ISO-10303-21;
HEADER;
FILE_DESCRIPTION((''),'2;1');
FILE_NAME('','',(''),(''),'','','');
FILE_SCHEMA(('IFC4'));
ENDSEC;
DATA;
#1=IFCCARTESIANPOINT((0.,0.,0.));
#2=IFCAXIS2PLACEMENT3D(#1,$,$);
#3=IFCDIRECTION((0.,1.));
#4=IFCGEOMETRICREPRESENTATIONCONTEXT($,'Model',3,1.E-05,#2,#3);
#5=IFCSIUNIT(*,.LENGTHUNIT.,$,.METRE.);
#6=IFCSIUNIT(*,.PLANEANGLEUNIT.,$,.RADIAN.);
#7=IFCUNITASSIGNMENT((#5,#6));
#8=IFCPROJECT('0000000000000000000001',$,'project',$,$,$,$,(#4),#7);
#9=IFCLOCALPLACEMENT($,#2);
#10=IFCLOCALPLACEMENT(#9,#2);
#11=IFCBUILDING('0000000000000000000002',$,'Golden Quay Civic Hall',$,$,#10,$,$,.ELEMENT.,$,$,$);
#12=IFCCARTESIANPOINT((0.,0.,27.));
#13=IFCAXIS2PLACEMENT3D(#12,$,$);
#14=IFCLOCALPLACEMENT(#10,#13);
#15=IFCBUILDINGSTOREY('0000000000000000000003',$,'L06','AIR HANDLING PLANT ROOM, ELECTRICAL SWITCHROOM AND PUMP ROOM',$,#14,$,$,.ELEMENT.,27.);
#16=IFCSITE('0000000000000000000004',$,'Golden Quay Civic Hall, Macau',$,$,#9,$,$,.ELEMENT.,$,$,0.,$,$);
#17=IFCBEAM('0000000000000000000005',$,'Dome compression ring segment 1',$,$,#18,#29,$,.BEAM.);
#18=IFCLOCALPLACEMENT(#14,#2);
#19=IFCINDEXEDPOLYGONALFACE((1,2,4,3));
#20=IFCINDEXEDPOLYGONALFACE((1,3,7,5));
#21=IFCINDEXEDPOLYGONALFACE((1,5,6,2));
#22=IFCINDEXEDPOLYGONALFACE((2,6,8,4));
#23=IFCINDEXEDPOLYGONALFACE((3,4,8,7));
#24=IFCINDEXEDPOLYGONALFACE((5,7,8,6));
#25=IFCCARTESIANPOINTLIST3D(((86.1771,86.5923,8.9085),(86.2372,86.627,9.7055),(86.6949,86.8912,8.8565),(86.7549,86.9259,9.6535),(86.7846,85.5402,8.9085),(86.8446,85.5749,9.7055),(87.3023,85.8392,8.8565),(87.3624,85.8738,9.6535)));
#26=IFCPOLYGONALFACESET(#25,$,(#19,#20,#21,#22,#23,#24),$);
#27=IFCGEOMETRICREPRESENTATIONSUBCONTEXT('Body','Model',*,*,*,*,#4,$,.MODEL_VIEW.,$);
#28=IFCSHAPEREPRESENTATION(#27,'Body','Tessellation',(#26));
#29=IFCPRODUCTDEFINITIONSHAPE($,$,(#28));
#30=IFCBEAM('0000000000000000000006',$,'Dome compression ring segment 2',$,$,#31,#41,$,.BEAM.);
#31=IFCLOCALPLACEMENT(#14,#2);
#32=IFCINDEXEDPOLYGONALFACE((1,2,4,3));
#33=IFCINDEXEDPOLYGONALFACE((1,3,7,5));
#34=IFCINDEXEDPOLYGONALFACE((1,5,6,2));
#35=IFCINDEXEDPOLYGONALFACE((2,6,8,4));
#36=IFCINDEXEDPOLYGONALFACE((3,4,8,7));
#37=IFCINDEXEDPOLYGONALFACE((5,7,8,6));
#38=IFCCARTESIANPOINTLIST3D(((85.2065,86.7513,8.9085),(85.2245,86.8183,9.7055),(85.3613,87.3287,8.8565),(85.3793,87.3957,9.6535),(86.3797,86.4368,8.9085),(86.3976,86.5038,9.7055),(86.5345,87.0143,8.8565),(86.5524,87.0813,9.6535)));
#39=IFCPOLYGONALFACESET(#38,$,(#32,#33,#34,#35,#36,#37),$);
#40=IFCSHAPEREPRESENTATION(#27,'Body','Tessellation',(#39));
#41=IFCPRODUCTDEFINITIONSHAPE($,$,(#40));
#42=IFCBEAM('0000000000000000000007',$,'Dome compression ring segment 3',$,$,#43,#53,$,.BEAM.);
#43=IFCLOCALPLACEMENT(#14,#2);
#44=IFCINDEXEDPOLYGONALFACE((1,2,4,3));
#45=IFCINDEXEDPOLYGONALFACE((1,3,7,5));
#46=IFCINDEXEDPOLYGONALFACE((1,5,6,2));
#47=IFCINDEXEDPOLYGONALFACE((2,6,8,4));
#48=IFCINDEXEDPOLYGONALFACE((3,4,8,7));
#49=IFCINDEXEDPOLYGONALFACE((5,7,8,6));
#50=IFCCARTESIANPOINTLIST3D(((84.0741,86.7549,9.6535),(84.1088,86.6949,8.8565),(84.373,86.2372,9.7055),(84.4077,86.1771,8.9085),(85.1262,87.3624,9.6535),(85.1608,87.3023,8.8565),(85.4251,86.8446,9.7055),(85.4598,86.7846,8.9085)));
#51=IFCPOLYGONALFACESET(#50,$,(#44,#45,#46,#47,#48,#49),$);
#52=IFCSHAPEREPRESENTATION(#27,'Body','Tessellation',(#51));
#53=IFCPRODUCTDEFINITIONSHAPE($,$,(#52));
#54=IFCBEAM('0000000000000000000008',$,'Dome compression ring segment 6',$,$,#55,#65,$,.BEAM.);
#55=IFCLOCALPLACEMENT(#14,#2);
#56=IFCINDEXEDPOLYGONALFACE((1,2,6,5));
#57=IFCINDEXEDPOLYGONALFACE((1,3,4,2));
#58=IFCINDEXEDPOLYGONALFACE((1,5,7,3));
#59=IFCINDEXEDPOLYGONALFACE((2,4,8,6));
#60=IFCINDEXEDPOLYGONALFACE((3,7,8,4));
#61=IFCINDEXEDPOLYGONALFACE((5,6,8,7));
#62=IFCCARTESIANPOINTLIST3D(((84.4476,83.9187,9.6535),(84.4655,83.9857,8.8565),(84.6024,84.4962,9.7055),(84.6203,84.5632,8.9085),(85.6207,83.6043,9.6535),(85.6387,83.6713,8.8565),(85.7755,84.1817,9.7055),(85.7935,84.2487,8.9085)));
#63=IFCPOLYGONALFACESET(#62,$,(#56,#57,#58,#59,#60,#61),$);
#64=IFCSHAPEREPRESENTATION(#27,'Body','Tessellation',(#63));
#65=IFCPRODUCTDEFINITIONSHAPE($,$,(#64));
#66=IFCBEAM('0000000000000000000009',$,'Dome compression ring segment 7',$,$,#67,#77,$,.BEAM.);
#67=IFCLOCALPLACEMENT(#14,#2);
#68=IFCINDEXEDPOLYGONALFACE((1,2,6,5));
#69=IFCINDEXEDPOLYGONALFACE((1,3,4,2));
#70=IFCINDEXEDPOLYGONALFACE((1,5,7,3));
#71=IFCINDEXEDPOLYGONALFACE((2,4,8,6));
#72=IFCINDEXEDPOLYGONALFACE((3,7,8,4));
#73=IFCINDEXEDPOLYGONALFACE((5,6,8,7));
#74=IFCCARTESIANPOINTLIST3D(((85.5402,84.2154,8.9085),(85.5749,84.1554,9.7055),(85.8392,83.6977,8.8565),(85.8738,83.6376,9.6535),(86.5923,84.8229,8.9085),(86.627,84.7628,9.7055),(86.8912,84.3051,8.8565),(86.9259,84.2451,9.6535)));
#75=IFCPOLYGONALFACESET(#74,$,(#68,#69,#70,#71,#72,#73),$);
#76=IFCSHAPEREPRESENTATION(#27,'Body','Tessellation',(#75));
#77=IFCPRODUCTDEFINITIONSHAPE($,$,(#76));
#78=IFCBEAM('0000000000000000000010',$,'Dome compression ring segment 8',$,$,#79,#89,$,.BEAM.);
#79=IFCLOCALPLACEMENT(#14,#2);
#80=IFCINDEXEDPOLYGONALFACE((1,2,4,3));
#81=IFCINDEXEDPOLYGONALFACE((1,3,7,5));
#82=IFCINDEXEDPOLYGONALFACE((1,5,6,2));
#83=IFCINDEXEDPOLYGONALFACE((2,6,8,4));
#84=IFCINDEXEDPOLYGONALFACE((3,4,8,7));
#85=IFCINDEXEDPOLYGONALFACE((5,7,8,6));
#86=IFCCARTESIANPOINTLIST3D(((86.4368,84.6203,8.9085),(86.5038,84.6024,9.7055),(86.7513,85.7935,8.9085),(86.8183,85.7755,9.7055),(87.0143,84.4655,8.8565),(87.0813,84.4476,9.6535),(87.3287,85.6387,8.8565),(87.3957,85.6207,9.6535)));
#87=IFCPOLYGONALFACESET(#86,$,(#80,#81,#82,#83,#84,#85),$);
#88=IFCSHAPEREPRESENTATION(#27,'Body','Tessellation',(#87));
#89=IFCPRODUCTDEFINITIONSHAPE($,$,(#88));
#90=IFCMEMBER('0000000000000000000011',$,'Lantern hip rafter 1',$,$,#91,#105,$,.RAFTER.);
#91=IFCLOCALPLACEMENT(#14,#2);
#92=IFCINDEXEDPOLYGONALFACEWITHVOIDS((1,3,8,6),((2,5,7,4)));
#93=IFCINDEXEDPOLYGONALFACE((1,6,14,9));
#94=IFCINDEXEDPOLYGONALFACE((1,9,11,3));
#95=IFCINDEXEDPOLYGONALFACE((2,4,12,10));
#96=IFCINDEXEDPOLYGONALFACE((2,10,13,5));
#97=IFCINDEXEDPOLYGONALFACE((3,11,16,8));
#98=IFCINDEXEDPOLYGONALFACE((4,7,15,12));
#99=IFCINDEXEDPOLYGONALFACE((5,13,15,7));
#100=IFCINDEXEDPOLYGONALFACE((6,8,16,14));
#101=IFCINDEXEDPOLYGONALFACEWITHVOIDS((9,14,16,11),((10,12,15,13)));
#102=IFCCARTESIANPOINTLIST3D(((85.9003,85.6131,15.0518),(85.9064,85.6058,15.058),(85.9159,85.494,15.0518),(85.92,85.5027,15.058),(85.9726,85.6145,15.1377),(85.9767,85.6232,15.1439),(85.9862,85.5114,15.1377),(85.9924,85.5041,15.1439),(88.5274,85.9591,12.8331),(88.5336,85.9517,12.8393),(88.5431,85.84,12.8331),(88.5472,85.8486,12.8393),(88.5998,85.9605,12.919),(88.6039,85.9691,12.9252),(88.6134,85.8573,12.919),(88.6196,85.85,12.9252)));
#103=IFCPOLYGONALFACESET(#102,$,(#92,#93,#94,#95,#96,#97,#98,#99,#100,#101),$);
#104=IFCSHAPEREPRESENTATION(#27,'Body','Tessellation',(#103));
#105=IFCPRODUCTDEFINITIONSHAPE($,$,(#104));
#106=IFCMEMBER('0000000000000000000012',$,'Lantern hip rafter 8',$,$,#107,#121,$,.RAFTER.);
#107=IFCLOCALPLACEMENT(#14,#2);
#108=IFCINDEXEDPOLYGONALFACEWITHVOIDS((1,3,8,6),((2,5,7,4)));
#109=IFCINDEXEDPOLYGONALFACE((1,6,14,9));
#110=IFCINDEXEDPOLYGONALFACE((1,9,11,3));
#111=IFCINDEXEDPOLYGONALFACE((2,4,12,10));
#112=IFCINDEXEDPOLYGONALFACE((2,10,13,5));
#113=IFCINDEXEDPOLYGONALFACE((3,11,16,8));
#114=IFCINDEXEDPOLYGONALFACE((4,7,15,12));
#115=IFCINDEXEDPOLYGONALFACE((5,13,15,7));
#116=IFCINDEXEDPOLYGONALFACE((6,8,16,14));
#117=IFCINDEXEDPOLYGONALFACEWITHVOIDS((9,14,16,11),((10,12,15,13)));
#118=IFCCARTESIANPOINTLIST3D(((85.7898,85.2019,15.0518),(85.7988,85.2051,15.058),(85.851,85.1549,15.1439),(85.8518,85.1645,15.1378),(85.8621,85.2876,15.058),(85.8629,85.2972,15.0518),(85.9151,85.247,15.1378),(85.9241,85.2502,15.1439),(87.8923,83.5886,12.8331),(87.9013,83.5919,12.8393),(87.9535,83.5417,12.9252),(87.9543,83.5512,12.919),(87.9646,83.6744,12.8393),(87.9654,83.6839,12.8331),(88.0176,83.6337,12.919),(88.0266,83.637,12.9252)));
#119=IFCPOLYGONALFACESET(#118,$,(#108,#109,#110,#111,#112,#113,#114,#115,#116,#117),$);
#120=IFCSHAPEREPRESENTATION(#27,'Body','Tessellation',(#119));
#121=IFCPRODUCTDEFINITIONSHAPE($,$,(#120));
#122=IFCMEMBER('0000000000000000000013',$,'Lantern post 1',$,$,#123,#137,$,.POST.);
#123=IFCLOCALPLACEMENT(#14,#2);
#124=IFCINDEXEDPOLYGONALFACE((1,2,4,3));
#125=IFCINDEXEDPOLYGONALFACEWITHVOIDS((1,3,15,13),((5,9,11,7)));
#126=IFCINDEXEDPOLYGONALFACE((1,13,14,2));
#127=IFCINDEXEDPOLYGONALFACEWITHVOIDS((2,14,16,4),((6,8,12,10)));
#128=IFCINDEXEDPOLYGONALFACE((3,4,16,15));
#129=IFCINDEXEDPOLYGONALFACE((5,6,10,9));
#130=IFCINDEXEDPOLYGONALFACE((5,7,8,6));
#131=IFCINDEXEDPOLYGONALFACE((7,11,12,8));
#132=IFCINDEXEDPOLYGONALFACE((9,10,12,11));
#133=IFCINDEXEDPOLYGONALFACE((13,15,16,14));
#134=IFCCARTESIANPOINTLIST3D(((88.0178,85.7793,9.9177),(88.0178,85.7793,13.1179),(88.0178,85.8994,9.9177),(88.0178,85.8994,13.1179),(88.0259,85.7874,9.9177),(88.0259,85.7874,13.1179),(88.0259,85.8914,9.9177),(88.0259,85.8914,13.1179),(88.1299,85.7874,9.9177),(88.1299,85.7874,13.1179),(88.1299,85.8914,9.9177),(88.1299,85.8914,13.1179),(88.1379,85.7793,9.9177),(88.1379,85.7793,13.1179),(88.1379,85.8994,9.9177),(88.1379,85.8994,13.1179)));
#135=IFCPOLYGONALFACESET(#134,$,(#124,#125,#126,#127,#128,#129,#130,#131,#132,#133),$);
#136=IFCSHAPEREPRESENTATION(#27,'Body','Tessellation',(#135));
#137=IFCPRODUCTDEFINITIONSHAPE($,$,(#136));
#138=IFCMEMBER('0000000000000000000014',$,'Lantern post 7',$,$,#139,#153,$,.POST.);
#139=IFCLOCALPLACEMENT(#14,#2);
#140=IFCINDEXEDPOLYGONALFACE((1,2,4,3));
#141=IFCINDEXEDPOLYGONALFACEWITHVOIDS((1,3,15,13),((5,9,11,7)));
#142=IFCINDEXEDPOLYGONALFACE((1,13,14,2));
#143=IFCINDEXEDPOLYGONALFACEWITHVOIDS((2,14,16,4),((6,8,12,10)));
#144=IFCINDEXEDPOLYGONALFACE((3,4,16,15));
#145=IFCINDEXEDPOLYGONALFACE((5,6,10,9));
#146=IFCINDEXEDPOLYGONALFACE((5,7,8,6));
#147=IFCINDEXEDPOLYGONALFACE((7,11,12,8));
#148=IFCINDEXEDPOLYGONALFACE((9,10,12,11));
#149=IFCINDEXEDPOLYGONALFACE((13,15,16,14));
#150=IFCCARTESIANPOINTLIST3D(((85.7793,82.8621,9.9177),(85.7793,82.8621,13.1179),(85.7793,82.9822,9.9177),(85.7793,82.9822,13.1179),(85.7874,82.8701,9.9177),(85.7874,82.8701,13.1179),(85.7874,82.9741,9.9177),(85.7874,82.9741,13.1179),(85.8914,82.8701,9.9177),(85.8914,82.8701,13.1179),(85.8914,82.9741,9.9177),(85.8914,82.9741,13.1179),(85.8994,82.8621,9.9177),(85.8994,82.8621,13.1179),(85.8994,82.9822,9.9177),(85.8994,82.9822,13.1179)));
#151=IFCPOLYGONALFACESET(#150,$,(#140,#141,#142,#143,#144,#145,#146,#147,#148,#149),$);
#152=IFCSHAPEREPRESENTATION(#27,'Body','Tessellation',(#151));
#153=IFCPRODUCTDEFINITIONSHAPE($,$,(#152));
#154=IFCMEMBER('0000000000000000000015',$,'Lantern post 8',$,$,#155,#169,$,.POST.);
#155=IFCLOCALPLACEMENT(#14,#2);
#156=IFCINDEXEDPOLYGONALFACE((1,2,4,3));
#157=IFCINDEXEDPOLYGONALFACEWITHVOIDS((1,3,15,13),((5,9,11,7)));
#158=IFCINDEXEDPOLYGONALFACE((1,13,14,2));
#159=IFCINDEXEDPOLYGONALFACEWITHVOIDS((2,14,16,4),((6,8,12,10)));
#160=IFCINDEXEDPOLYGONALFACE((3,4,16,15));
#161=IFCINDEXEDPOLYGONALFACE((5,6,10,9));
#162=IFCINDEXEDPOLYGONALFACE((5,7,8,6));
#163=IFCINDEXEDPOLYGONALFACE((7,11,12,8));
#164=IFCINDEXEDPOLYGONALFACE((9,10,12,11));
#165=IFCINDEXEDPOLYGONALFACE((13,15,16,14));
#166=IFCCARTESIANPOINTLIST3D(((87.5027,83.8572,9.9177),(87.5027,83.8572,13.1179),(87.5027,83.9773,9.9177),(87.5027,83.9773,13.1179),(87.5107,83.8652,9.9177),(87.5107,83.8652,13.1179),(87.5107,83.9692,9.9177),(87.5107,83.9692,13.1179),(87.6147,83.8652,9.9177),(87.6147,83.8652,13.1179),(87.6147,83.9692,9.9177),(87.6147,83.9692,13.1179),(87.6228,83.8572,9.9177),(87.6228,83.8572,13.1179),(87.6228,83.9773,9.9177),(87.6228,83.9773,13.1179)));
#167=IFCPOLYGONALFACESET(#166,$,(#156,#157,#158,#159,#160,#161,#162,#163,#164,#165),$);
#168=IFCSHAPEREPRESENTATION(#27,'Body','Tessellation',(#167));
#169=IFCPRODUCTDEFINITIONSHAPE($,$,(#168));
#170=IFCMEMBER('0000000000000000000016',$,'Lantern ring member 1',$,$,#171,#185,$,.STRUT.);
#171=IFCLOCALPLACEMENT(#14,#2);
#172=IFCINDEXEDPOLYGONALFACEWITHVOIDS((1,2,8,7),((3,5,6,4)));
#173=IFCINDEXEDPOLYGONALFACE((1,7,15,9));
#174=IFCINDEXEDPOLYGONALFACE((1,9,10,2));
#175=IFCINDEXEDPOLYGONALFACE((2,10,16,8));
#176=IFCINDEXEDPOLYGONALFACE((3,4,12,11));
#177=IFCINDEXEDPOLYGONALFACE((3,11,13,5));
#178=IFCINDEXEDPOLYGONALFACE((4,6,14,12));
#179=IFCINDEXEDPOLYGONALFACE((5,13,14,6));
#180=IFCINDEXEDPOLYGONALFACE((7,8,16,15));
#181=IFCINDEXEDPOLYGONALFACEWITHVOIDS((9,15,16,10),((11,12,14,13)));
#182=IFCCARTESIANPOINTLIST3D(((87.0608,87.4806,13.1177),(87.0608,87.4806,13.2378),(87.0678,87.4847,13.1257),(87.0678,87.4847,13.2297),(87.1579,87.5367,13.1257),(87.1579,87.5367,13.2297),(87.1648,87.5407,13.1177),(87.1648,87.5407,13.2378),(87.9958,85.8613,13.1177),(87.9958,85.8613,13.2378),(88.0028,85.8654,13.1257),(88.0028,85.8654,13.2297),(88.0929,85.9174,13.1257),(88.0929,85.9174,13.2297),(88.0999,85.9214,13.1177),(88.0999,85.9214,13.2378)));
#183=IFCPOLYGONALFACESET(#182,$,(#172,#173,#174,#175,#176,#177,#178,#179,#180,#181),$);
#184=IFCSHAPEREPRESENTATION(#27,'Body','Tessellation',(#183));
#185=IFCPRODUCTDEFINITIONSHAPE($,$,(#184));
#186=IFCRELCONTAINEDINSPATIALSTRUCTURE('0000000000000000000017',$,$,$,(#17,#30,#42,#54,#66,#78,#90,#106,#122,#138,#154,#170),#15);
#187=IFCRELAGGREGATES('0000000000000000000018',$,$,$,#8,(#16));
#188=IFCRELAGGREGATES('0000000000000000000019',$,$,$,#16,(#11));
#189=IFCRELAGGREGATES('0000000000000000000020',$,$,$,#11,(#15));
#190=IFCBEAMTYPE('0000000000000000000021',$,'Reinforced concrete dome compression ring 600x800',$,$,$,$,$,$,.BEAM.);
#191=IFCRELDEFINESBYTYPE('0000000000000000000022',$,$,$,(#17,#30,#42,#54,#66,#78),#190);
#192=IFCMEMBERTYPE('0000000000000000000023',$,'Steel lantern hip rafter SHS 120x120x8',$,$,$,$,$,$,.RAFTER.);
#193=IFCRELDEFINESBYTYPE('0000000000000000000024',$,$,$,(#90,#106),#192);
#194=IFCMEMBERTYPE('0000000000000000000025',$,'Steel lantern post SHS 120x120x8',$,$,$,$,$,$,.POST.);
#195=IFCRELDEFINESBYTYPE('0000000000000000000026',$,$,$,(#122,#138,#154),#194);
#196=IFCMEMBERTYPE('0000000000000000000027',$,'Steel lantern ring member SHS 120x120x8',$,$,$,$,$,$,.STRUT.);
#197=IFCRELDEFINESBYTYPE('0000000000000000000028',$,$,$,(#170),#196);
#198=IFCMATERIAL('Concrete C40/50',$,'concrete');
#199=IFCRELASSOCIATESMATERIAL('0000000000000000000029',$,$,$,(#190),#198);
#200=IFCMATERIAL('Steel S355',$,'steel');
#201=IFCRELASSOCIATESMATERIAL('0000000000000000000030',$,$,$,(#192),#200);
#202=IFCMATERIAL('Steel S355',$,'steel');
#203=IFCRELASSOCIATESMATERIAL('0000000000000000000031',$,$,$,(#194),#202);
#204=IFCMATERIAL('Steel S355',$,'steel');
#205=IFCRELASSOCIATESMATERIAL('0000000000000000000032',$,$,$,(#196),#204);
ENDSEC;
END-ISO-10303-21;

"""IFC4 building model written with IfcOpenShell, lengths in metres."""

from ifc_helpers import new_model, si_unit, direction, frame, origin, origin_2d, place, context, subcontext, project, spatial, rectangle, hollow_rectangle, extrude, material, material_profile, profile_set, type_object, element, save


model = new_model("IFC4")

# Units and contexts
model_context = context("Model", 3, precision=1e-05, world=origin(), true_north=direction((0.0, 1.0)))
body_context = subcontext(model_context, "Body", "Model", "MODEL_VIEW")
ifc_project = project(units=[si_unit("LENGTHUNIT", "METRE"), si_unit("PLANEANGLEUNIT", "RADIAN")], contexts=[model_context])

# Site, building, storey
site_placement = place(None, origin())
site = spatial("IfcSite", under=ifc_project, at=site_placement, Name="Golden Quay Civic Hall, Macau", CompositionType="ELEMENT", RefElevation=0.0)
building_placement = place(site_placement, origin())
building = spatial("IfcBuilding", under=site, at=building_placement, Name="Golden Quay Civic Hall", CompositionType="ELEMENT")
storey_placement = place(building_placement, frame((0.0, 0.0, 27.0)))
storey = spatial("IfcBuildingStorey", under=building, at=storey_placement, Name="L06", Description="AIR HANDLING PLANT ROOM, ELECTRICAL SWITCHROOM AND PUMP ROOM", CompositionType="ELEMENT", Elevation=27.0)

# Beams
ifc_material_1 = material(Name="Concrete C40/50", Category="concrete")
ifc_material_profile_1 = material_profile(ifc_material_1, rectangle(XDim=0.6001, YDim=0.8, at=origin_2d()), Name="RC 600x800")
ifc_profile_set_1 = profile_set([ifc_material_profile_1], Name="Concrete C40/50")
beam_type = type_object("IfcBeamType", Name="Reinforced concrete dome compression ring 600x800", PredefinedType="BEAM", material=ifc_profile_set_1)
beam_1_placement = place(storey_placement, frame((87.0735, 85.707, 9.281), z_axis=(-0.50003, 0.866008, 0.0), x_axis=(-0.862748, -0.498148, 0.086686)))
element("IfcBeam", 1, at=beam_1_placement, inside=storey, type_object=beam_type, Name="Dome compression ring segment 1", PredefinedType="BEAM", context=body_context, shape_type="SweptSolid", body=[
    extrude(rectangle(XDim=0.6001, YDim=0.8, at=origin_2d()), origin(), (0.0, 0.0, 1.0), 1.2148),
])
beam_2_placement = place(storey_placement, frame((86.4661, 86.759, 9.281), z_axis=(-0.9659, 0.258914, 0.0), x_axis=(-0.257939, -0.962265, 0.086686)))
element("IfcBeam", 2, at=beam_2_placement, inside=storey, type_object=beam_type, Name="Dome compression ring segment 2", PredefinedType="BEAM", context=body_context, shape_type="SweptSolid", body=[
    extrude(rectangle(XDim=0.6001, YDim=0.8, at=origin_2d()), origin(), (0.0, 0.0, 1.0), 1.2146),
])
beam_3_placement = place(storey_placement, frame((85.293, 87.0735, 9.281), z_axis=(-0.866008, -0.50003, 0.0), x_axis=(0.498148, -0.862748, 0.086686)))
element("IfcBeam", 3, at=beam_3_placement, inside=storey, type_object=beam_type, Name="Dome compression ring segment 3", PredefinedType="BEAM", context=body_context, shape_type="SweptSolid", body=[
    extrude(rectangle(XDim=0.6001, YDim=0.8, at=origin_2d()), origin(), (0.0, 0.0, 1.0), 1.2148),
])
beam_4_placement = place(storey_placement, frame((84.5339, 84.241, 9.281), z_axis=(0.9659, -0.258914, 0.0), x_axis=(0.257939, 0.962265, 0.086686)))
element("IfcBeam", 4, at=beam_4_placement, inside=storey, type_object=beam_type, Name="Dome compression ring segment 6", PredefinedType="BEAM", context=body_context, shape_type="SweptSolid", body=[
    extrude(rectangle(XDim=0.6001, YDim=0.8, at=origin_2d()), origin(), (0.0, 0.0, 1.0), 1.2146),
])
beam_5_placement = place(storey_placement, frame((85.707, 83.9265, 9.281), z_axis=(0.866008, 0.50003, 0.0), x_axis=(-0.498148, 0.862748, 0.086686)))
element("IfcBeam", 5, at=beam_5_placement, inside=storey, type_object=beam_type, Name="Dome compression ring segment 7", PredefinedType="BEAM", context=body_context, shape_type="SweptSolid", body=[
    extrude(rectangle(XDim=0.6001, YDim=0.8, at=origin_2d()), origin(), (0.0, 0.0, 1.0), 1.2148),
])
beam_6_placement = place(storey_placement, frame((86.759, 84.5339, 9.281), z_axis=(0.258914, 0.9659, 0.0), x_axis=(-0.962265, 0.257939, 0.086686)))
element("IfcBeam", 6, at=beam_6_placement, inside=storey, type_object=beam_type, Name="Dome compression ring segment 8", PredefinedType="BEAM", context=body_context, shape_type="SweptSolid", body=[
    extrude(rectangle(XDim=0.6001, YDim=0.8, at=origin_2d()), origin(), (0.0, 0.0, 1.0), 1.2146),
])

# Members
ifc_material_2 = material(Name="Steel S355", Category="steel")
ifc_material_profile_2 = material_profile(ifc_material_2, hollow_rectangle(XDim=0.1201, YDim=0.1201, WallThickness=0.0081, at=origin_2d()), Name="SHS 120x120x8")
ifc_profile_set_2 = profile_set([ifc_material_profile_2], Name="Steel S355")
member_type_1 = type_object("IfcMemberType", Name="Steel lantern hip rafter SHS 120x120x8", PredefinedType="RAFTER", material=ifc_profile_set_2)
member_1_placement = place(storey_placement, frame((88.5735, 85.9045, 12.8792), z_axis=(-0.76016, -0.100097, 0.641979), x_axis=(0.130552, -0.991441, 0.0)))
element("IfcMember", 7, at=member_1_placement, inside=storey, type_object=member_type_1, Name="Lantern hip rafter 1", PredefinedType="RAFTER", context=body_context, shape_type="SweptSolid", body=[
    extrude(hollow_rectangle(XDim=0.1201, YDim=0.1201, WallThickness=0.0081, at=origin_2d()), origin(), (0.0, 0.0, 1.0), 3.4561),
])
member_2_placement = place(storey_placement, frame((87.9595, 83.6128, 12.8792), z_axis=(-0.608316, 0.466762, 0.641939), x_axis=(-0.608749, -0.793363, 0.0)))
element("IfcMember", 8, at=member_2_placement, inside=storey, type_object=member_type_1, Name="Lantern hip rafter 8", PredefinedType="RAFTER", context=body_context, shape_type="SweptSolid", body=[
    extrude(hollow_rectangle(XDim=0.1201, YDim=0.1201, WallThickness=0.0081, at=origin_2d()), origin(), (0.0, 0.0, 1.0), 3.4563),
])
ifc_material_3 = material(Name="Steel S355", Category="steel")
ifc_material_profile_3 = material_profile(ifc_material_3, hollow_rectangle(XDim=0.1201, YDim=0.1201, WallThickness=0.0081, at=origin_2d()), Name="SHS 120x120x8")
ifc_profile_set_3 = profile_set([ifc_material_profile_3], Name="Steel S355")
member_type_2 = type_object("IfcMemberType", Name="Steel lantern post SHS 120x120x8", PredefinedType="POST", material=ifc_profile_set_3)
for number, where, z_axis, x_axis, name in (
    (9, (88.0779, 85.8394, 9.9177), (0.0, 0.0, 1.0), (1.0, 0.0, 0.0), "Lantern post 1"),
    (10, (85.8394, 82.9221, 9.9177), (0.0, 0.0, 1.0), (1.0, 0.0, 0.0), "Lantern post 7"),
    (11, (87.5627, 83.9172, 9.9177), (0.0, 0.0, 1.0), (1.0, 0.0, 0.0), "Lantern post 8"),
):
    element("IfcMember", number, at=place(storey_placement, frame(where, z_axis=z_axis, x_axis=x_axis)), inside=storey, type_object=member_type_2, Name=name, PredefinedType="POST", context=body_context, shape_type="SweptSolid", body=[
        extrude(hollow_rectangle(XDim=0.1201, YDim=0.1201, WallThickness=0.0081, at=origin_2d()), origin(), (0.0, 0.0, 1.0), 3.2002),
    ])
ifc_material_4 = material(Name="Steel S355", Category="steel")
ifc_material_profile_4 = material_profile(ifc_material_4, hollow_rectangle(XDim=0.1201, YDim=0.1201, WallThickness=0.0081, at=origin_2d()), Name="SHS 120x120x8")
ifc_profile_set_4 = profile_set([ifc_material_profile_4], Name="Steel S355")
member_type_3 = type_object("IfcMemberType", Name="Steel lantern ring member SHS 120x120x8", PredefinedType="STRUT", material=ifc_profile_set_4)
for number, where, z_axis, x_axis, name in (
    (12, (88.0479, 85.8914, 13.1777), (-0.500043, 0.866001, 0.0), (-0.866001, -0.500043, 0.0), "Lantern ring member 1"),
):
    element("IfcMember", number, at=place(storey_placement, frame(where, z_axis=z_axis, x_axis=x_axis)), inside=storey, type_object=member_type_3, Name=name, PredefinedType="STRUT", context=body_context, shape_type="SweptSolid", body=[
        extrude(hollow_rectangle(XDim=0.1201, YDim=0.1201, WallThickness=0.0081, at=origin_2d()), origin(), (0.0, 0.0, 1.0), 1.8699),
    ])

save(model, "model.ifc")
